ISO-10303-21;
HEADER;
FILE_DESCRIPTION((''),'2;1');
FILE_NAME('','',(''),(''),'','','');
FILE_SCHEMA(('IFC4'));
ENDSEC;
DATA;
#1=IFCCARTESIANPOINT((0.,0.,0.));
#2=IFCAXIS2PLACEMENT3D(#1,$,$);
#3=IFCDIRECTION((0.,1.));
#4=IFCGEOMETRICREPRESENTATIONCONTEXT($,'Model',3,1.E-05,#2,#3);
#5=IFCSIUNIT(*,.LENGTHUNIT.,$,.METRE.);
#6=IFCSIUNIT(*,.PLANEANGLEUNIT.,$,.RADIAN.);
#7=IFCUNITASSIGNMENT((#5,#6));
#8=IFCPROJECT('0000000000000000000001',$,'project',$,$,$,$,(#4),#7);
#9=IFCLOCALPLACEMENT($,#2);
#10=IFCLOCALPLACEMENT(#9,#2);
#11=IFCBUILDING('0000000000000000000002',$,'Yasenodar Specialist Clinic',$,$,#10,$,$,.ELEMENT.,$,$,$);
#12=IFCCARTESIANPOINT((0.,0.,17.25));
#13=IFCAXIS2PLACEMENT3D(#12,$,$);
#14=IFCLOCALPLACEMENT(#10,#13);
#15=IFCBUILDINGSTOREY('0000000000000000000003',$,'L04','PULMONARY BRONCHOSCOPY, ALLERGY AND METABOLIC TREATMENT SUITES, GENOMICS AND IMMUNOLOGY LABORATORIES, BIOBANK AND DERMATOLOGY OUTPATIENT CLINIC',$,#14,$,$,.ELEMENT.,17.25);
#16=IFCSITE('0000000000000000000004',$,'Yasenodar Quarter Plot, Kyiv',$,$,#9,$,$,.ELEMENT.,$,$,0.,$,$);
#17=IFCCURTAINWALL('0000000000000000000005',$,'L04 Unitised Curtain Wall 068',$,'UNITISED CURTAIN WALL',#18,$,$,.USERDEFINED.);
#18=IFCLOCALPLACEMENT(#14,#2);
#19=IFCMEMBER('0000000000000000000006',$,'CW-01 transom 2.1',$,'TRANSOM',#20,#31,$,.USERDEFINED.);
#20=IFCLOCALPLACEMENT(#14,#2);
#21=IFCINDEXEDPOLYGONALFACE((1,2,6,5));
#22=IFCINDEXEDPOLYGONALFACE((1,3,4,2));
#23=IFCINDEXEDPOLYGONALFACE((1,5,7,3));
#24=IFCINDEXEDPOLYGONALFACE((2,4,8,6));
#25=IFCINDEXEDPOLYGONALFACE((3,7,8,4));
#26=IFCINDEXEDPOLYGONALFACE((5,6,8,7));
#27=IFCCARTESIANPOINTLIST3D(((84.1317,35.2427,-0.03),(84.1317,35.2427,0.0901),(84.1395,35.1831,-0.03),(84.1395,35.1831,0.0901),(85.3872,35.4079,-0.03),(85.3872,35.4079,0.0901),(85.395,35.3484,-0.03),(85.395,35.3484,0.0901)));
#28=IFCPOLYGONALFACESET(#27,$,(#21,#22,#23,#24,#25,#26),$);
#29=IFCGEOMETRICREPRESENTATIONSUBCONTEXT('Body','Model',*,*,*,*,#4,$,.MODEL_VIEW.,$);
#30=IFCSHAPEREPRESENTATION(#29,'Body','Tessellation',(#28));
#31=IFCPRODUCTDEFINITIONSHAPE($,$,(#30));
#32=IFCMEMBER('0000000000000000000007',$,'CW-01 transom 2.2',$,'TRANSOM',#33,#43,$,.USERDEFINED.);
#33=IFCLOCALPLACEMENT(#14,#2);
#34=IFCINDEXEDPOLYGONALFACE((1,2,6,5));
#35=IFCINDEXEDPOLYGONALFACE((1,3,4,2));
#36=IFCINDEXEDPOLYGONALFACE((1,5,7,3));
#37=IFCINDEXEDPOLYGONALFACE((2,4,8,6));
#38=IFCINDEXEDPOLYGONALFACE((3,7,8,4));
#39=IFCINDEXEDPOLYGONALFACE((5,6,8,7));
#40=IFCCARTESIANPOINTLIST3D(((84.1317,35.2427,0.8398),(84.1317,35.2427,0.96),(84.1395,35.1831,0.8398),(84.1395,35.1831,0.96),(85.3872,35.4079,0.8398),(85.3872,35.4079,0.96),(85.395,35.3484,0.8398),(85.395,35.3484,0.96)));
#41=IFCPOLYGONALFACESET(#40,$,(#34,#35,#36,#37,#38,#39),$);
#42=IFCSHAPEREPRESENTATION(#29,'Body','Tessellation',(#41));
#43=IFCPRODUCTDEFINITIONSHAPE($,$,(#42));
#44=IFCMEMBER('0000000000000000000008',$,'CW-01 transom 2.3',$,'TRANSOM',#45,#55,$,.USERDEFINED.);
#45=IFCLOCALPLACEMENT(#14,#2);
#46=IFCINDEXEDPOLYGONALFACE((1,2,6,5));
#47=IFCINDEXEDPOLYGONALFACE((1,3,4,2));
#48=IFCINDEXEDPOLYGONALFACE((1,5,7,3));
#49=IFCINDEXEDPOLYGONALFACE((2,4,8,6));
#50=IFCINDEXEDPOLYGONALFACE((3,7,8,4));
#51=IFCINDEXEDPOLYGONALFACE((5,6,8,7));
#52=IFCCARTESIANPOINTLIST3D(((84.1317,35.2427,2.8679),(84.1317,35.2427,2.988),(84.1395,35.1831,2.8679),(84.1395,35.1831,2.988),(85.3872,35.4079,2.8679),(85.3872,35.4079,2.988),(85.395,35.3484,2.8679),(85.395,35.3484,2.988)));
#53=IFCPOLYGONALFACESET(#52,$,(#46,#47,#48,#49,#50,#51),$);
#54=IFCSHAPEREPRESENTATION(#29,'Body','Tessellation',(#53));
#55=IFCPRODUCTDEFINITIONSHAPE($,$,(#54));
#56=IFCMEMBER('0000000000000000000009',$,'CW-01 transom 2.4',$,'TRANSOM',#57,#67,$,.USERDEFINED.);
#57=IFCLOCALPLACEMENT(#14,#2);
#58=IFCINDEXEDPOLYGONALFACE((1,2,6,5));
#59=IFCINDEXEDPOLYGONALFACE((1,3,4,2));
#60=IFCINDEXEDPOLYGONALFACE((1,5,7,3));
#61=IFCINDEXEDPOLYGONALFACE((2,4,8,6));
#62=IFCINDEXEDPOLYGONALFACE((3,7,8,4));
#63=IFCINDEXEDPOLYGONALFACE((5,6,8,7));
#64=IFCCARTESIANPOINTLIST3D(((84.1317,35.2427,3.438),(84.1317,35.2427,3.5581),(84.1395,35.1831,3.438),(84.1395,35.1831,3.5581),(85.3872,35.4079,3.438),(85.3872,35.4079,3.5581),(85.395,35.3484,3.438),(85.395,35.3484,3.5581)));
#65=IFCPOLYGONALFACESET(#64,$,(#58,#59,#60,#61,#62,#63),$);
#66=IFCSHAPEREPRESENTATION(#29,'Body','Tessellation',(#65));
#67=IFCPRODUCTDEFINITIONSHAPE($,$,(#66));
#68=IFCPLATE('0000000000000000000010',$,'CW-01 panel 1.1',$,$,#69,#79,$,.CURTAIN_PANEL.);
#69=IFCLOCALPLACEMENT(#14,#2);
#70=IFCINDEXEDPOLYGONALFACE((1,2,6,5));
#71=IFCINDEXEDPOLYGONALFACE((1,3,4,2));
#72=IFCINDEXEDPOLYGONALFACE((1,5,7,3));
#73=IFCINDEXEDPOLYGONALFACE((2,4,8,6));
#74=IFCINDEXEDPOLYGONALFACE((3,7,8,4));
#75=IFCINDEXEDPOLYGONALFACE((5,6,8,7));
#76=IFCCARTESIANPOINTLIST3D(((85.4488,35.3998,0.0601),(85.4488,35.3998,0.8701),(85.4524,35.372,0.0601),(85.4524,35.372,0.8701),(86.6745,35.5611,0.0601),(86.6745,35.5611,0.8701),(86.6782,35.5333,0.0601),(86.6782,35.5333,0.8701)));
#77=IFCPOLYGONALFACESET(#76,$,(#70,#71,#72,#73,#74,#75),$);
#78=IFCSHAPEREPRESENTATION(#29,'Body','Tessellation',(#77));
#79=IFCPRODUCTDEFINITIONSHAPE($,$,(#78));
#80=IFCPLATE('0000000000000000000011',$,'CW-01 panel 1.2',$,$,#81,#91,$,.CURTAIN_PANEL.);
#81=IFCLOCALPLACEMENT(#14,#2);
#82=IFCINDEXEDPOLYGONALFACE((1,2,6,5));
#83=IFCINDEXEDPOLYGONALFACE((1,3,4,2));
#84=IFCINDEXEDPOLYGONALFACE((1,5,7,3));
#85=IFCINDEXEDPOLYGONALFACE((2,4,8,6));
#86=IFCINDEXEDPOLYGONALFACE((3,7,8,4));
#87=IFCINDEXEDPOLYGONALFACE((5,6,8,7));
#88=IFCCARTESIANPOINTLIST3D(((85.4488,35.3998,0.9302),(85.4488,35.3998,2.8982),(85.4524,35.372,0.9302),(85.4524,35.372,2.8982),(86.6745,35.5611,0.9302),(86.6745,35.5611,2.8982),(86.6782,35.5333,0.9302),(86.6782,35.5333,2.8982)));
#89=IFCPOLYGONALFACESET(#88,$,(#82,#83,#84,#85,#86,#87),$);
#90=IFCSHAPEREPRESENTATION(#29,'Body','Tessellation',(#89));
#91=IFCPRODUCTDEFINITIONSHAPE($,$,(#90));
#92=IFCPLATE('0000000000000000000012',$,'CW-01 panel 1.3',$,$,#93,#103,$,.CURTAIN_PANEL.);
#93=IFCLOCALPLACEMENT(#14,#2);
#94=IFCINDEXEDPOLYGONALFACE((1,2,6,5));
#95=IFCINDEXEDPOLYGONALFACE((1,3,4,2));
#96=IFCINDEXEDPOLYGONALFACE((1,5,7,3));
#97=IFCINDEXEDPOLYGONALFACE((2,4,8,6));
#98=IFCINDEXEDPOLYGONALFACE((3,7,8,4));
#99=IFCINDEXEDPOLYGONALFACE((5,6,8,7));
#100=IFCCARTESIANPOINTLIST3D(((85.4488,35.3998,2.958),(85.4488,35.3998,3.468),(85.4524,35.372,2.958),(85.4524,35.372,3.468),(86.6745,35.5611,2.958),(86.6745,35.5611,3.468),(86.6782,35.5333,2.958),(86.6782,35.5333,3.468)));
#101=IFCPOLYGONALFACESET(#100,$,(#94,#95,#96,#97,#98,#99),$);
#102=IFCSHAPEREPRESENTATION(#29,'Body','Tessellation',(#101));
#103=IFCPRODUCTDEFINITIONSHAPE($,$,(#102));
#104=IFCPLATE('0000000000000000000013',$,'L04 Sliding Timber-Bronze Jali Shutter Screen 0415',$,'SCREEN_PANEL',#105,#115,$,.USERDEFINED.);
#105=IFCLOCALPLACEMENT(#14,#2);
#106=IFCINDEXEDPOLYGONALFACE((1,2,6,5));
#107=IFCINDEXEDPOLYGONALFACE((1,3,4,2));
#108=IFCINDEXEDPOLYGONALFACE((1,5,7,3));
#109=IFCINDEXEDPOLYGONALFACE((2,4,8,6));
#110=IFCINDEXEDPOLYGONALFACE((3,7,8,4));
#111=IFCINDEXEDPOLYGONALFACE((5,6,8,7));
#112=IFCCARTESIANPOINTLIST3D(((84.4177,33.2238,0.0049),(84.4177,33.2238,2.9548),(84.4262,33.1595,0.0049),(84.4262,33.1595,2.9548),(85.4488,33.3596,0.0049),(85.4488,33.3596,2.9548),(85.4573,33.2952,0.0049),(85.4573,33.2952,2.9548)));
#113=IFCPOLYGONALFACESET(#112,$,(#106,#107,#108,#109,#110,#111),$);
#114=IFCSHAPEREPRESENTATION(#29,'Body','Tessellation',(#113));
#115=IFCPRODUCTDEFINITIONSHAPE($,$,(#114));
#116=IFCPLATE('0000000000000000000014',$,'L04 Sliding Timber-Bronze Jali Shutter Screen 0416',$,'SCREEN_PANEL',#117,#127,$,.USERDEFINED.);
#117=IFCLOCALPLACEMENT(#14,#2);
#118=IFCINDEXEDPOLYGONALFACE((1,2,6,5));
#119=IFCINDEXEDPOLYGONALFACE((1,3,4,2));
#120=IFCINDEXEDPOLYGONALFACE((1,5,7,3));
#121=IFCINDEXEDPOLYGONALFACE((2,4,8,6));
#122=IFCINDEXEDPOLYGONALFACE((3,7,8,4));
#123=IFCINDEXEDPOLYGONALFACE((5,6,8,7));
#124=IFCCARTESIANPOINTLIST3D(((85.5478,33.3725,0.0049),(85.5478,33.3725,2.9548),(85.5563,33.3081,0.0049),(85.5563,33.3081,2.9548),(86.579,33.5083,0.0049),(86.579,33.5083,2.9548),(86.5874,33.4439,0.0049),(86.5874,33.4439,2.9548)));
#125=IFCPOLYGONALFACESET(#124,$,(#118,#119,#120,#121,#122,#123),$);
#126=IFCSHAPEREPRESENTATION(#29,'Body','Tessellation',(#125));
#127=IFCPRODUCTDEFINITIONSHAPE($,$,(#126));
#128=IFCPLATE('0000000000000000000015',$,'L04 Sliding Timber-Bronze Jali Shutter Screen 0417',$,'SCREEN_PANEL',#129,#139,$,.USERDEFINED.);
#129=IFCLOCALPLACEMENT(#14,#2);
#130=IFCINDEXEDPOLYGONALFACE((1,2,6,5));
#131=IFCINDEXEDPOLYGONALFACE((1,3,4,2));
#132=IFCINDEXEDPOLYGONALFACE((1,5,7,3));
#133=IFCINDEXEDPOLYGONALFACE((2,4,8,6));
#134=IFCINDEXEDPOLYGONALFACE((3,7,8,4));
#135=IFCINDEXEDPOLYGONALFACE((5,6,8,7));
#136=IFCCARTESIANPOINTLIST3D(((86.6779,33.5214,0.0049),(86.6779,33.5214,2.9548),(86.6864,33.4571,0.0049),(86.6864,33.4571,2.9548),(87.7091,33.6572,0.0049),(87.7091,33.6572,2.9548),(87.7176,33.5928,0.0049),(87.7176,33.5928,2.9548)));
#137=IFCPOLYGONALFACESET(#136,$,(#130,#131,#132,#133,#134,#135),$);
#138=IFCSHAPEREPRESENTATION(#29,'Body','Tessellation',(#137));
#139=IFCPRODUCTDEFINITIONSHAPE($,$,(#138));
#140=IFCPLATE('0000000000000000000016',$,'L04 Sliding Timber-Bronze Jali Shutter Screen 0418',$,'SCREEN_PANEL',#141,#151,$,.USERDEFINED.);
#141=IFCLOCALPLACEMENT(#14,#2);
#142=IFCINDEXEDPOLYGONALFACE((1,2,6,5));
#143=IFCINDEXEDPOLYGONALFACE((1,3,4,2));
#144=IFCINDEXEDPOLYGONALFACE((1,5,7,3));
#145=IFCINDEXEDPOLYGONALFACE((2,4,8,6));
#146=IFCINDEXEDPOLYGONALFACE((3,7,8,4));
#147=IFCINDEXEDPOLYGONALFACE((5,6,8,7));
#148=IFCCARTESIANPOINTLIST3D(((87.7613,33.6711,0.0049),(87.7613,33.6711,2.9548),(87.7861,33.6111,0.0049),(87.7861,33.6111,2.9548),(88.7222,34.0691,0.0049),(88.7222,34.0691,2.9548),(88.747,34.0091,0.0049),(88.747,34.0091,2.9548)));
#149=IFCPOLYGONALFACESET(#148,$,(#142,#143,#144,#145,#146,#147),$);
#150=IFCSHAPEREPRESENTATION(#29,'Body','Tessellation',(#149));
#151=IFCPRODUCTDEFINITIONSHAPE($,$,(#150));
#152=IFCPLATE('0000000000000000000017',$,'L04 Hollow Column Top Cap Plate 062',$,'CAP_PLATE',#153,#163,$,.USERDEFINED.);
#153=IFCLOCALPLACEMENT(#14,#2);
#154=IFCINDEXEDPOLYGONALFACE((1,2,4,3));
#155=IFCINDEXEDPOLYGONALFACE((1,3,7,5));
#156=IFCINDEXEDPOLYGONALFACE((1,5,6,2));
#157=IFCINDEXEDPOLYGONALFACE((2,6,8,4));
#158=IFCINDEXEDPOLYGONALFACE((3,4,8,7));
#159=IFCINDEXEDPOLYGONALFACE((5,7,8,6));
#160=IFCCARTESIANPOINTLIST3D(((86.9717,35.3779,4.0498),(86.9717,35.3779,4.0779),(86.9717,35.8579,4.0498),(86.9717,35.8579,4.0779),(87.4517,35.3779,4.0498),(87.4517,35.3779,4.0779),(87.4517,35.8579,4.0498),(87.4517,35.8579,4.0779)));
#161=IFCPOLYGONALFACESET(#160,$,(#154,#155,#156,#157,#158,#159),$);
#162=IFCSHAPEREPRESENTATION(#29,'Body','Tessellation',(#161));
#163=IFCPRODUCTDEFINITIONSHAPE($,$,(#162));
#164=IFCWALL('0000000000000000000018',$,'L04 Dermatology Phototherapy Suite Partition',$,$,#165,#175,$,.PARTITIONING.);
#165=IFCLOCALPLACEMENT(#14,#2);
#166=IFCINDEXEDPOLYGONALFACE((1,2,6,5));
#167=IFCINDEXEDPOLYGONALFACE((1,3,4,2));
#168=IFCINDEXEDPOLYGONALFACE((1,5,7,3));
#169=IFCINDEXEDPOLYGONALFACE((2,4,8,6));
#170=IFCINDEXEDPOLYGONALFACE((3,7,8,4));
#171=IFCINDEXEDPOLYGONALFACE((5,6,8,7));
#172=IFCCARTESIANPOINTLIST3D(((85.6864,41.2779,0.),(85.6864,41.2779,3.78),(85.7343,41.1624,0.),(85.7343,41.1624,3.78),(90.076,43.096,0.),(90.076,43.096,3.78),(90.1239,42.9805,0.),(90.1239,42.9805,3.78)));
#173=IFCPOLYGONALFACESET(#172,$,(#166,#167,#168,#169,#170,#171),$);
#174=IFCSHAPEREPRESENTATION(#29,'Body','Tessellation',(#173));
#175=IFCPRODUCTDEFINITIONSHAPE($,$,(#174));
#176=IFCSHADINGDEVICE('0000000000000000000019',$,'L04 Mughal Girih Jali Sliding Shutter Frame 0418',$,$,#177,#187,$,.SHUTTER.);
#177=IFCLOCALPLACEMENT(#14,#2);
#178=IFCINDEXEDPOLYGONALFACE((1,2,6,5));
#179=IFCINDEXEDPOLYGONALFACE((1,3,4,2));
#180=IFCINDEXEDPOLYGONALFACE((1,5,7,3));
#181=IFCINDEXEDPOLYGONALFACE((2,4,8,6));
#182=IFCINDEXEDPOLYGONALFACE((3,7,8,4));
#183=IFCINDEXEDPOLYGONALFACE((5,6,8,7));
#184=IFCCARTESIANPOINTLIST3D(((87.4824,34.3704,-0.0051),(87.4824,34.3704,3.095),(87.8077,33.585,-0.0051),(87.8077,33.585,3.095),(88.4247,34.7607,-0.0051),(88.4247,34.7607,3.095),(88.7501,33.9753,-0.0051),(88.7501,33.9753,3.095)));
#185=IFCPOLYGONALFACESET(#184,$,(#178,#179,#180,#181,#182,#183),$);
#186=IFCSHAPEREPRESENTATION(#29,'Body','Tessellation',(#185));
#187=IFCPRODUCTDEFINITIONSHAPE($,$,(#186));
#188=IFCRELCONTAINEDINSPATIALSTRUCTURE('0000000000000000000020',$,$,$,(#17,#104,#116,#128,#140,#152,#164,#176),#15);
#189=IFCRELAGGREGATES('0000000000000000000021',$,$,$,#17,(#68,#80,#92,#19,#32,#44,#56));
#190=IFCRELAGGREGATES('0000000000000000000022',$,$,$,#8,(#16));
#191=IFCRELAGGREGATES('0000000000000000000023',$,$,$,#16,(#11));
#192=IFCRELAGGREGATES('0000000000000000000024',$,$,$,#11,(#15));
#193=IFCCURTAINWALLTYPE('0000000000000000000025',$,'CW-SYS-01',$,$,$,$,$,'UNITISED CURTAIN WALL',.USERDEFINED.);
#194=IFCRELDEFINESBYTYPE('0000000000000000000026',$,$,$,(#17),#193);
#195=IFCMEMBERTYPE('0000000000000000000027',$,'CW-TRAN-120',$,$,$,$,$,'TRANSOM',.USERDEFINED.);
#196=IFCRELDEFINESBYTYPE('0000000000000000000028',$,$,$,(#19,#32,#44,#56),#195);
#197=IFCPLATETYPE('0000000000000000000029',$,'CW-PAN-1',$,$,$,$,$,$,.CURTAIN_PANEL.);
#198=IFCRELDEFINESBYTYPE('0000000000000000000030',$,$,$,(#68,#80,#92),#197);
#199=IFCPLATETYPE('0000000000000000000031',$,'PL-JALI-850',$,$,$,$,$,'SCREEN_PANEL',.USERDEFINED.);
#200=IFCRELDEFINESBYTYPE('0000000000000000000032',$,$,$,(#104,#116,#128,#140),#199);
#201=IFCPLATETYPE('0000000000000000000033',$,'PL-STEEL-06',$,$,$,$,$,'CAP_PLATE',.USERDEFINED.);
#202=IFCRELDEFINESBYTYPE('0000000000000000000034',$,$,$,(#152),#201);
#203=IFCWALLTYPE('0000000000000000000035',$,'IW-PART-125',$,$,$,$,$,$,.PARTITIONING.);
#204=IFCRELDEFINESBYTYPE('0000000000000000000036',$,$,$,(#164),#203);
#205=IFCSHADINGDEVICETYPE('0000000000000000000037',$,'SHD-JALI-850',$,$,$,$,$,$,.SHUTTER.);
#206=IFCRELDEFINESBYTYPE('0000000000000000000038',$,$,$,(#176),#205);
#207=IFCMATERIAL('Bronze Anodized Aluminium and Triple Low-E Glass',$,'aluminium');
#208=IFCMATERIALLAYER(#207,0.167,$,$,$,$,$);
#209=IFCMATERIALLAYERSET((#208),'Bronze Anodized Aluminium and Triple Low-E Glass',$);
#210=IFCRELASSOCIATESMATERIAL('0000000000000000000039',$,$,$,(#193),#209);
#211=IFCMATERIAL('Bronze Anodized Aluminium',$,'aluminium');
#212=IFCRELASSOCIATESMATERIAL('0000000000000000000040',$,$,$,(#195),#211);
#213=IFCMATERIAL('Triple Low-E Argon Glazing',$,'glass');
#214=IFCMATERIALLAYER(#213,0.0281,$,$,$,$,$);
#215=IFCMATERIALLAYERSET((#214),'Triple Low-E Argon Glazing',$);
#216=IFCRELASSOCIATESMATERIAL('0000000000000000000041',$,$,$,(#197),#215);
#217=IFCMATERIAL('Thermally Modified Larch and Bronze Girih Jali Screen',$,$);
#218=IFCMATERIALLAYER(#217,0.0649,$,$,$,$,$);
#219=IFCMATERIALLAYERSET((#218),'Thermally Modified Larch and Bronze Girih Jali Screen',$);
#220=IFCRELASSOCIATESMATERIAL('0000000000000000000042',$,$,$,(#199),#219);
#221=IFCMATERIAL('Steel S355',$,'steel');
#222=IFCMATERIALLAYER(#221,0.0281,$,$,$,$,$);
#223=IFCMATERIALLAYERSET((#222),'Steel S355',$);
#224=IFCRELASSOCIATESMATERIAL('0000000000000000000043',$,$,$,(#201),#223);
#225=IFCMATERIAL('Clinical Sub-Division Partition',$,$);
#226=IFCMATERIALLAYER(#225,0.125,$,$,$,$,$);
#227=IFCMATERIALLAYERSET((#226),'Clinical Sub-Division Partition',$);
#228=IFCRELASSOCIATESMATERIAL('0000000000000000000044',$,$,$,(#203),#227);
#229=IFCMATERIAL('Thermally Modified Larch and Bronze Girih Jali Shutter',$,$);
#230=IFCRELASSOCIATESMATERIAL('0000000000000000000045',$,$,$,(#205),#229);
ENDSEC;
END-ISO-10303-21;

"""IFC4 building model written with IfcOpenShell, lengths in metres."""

from ifc_helpers import new_model, si_unit, direction, frame, frame_2d, origin, origin_2d, place, context, subcontext, project, spatial, rectangle, extrude, material, layer, layer_set, material_profile, profile_set, type_object, element, aggregate, save


model = new_model("IFC4")

# Units and contexts
model_context = context("Model", 3, precision=1e-05, world=origin(), true_north=direction((0.0, 1.0)))
body_context = subcontext(model_context, "Body", "Model", "MODEL_VIEW")
ifc_project = project(units=[si_unit("LENGTHUNIT", "METRE"), si_unit("PLANEANGLEUNIT", "RADIAN")], contexts=[model_context])

# Site, building, storey
site_placement = place(None, origin())
site = spatial("IfcSite", under=ifc_project, at=site_placement, Name="Yasenodar Quarter Plot, Kyiv", CompositionType="ELEMENT", RefElevation=0.0)
building_placement = place(site_placement, origin())
building = spatial("IfcBuilding", under=site, at=building_placement, Name="Yasenodar Specialist Clinic", CompositionType="ELEMENT")
storey_placement = place(building_placement, frame((0.0, 0.0, 17.25)))
storey = spatial("IfcBuildingStorey", under=building, at=storey_placement, Name="L04", Description="PULMONARY BRONCHOSCOPY, ALLERGY AND METABOLIC TREATMENT SUITES, GENOMICS AND IMMUNOLOGY LABORATORIES, BIOBANK AND DERMATOLOGY OUTPATIENT CLINIC", CompositionType="ELEMENT", Elevation=17.25)

# Shared definitions
ifc_material_1 = material(Name="Steel S355", Category="steel")

# Curtain wall, members, plates
ifc_material_2 = material(Name="Bronze Anodized Aluminium and Triple Low-E Glass", Category="aluminium")
ifc_layer_1 = layer(ifc_material_2, 0.167)
ifc_layer_set_1 = layer_set([ifc_layer_1], Name="Bronze Anodized Aluminium and Triple Low-E Glass")
curtain_wall_type = type_object("IfcCurtainWallType", Name="CW-SYS-01", ElementType="UNITISED CURTAIN WALL", PredefinedType="USERDEFINED", material=ifc_layer_set_1)
curtain_wall_placement = place(storey_placement, origin())
curtain_wall = element("IfcCurtainWall", 1, at=curtain_wall_placement, inside=storey, type_object=curtain_wall_type, Name="L04 Unitised Curtain Wall 068", ObjectType="UNITISED CURTAIN WALL", PredefinedType="USERDEFINED")
ifc_material_3 = material(Name="Bronze Anodized Aluminium", Category="aluminium")
ifc_material_profile_1 = material_profile(ifc_material_3, rectangle(XDim=0.0601, YDim=0.1201, at=origin_2d()), Name="CW-TRAN 60x120")
ifc_profile_set_1 = profile_set([ifc_material_profile_1], Name="Bronze Anodized Aluminium")
member_type_1 = type_object("IfcMemberType", Name="CW-TRAN-120", ElementType="TRANSOM", PredefinedType="USERDEFINED", material=ifc_profile_set_1)
member_1_placement = place(storey_placement, frame((85.3911, 35.3782, 0.03), z_axis=(-0.991447, -0.130509, 0.0), x_axis=(0.130509, -0.991447, 0.0)))
member_1 = element("IfcMember", 2, at=member_1_placement, type_object=member_type_1, Name="CW-01 transom 2.1", ObjectType="TRANSOM", PredefinedType="USERDEFINED", context=body_context, shape_type="SweptSolid", body=[
    extrude(rectangle(XDim=0.0601, YDim=0.1201, at=origin_2d()), origin(), (0.0, 0.0, 1.0), 1.2664),
])
member_2_placement = place(storey_placement, frame((85.3911, 35.3782, 0.8999), z_axis=(-0.991447, -0.130509, 0.0), x_axis=(0.130509, -0.991447, 0.0)))
member_2 = element("IfcMember", 3, at=member_2_placement, type_object=member_type_1, Name="CW-01 transom 2.2", ObjectType="TRANSOM", PredefinedType="USERDEFINED", context=body_context, shape_type="SweptSolid", body=[
    extrude(rectangle(XDim=0.0601, YDim=0.1201, at=origin_2d()), origin(), (0.0, 0.0, 1.0), 1.2664),
])
member_3_placement = place(storey_placement, frame((85.3911, 35.3782, 2.928), z_axis=(-0.991447, -0.130509, 0.0), x_axis=(0.130509, -0.991447, 0.0)))
member_3 = element("IfcMember", 4, at=member_3_placement, type_object=member_type_1, Name="CW-01 transom 2.3", ObjectType="TRANSOM", PredefinedType="USERDEFINED", context=body_context, shape_type="SweptSolid", body=[
    extrude(rectangle(XDim=0.0601, YDim=0.1201, at=origin_2d()), origin(), (0.0, 0.0, 1.0), 1.2664),
])
member_4_placement = place(storey_placement, frame((85.3911, 35.3782, 3.498), z_axis=(-0.991447, -0.130509, 0.0), x_axis=(0.130509, -0.991447, 0.0)))
member_4 = element("IfcMember", 5, at=member_4_placement, type_object=member_type_1, Name="CW-01 transom 2.4", ObjectType="TRANSOM", PredefinedType="USERDEFINED", context=body_context, shape_type="SweptSolid", body=[
    extrude(rectangle(XDim=0.0601, YDim=0.1201, at=origin_2d()), origin(), (0.0, 0.0, 1.0), 1.2664),
])
ifc_material_4 = material(Name="Triple Low-E Argon Glazing", Category="glass")
ifc_layer_2 = layer(ifc_material_4, 0.0281)
ifc_layer_set_2 = layer_set([ifc_layer_2], Name="Triple Low-E Argon Glazing")
plate_type_1 = type_object("IfcPlateType", Name="CW-PAN-1", PredefinedType="CURTAIN_PANEL", material=ifc_layer_set_2)
plate_1_placement = place(storey_placement, frame((86.0635, 35.4666, 0.0601), z_axis=(0.0, 0.0, 1.0), x_axis=(-0.991447, -0.130512, 0.0)))
plate_1 = element("IfcPlate", 6, at=plate_1_placement, type_object=plate_type_1, Name="CW-01 panel 1.1", PredefinedType="CURTAIN_PANEL", context=body_context, shape_type="SweptSolid", body=[
    extrude(rectangle(XDim=1.2363, YDim=0.0281, at=origin_2d()), origin(), (0.0, 0.0, 1.0), 0.8101),
])
plate_2_placement = place(storey_placement, frame((86.0635, 35.4666, 0.9302), z_axis=(0.0, 0.0, 1.0), x_axis=(-0.991447, -0.130512, 0.0)))
plate_2 = element("IfcPlate", 7, at=plate_2_placement, type_object=plate_type_1, Name="CW-01 panel 1.2", PredefinedType="CURTAIN_PANEL", context=body_context, shape_type="SweptSolid", body=[
    extrude(rectangle(XDim=1.2363, YDim=0.0281, at=origin_2d()), origin(), (0.0, 0.0, 1.0), 1.968),
])
plate_3_placement = place(storey_placement, frame((86.0635, 35.4666, 2.958), z_axis=(0.0, 0.0, 1.0), x_axis=(-0.991447, -0.130512, 0.0)))
plate_3 = element("IfcPlate", 8, at=plate_3_placement, type_object=plate_type_1, Name="CW-01 panel 1.3", PredefinedType="CURTAIN_PANEL", context=body_context, shape_type="SweptSolid", body=[
    extrude(rectangle(XDim=1.2363, YDim=0.0281, at=origin_2d()), origin(), (0.0, 0.0, 1.0), 0.51),
])
aggregate(curtain_wall, [plate_1, plate_2, plate_3, member_1, member_2, member_3, member_4])

# Plates
ifc_material_5 = material(Name="Thermally Modified Larch and Bronze Girih Jali Screen")
ifc_layer_3 = layer(ifc_material_5, 0.0649)
ifc_layer_set_3 = layer_set([ifc_layer_3], Name="Thermally Modified Larch and Bronze Girih Jali Screen")
plate_type_2 = type_object("IfcPlateType", Name="PL-JALI-850", ElementType="SCREEN_PANEL", PredefinedType="USERDEFINED", material=ifc_layer_set_3)
for number, where, z_axis, x_axis, name in (
    (9, (84.9375, 33.2595, 0.0049), (0.0, 0.0, 1.0), (0.991446, 0.130519, 0.0), "L04 Sliding Timber-Bronze Jali Shutter Screen 0415"),
    (10, (86.0676, 33.4082, 0.0049), (0.0, 0.0, 1.0), (0.991446, 0.130519, 0.0), "L04 Sliding Timber-Bronze Jali Shutter Screen 0416"),
    (11, (87.1978, 33.5571, 0.0049), (0.0, 0.0, 1.0), (0.991446, 0.130519, 0.0), "L04 Sliding Timber-Bronze Jali Shutter Screen 0417"),
    (12, (88.2542, 33.8401, 0.0049), (0.0, 0.0, 1.0), (0.923878, 0.382687, 0.0), "L04 Sliding Timber-Bronze Jali Shutter Screen 0418"),
):
    element("IfcPlate", number, at=place(storey_placement, frame(where, z_axis=z_axis, x_axis=x_axis)), inside=storey, type_object=plate_type_2, Name=name, ObjectType="SCREEN_PANEL", PredefinedType="USERDEFINED", context=body_context, shape_type="SweptSolid", body=[
        extrude(rectangle(XDim=1.04, YDim=0.0649, at=origin_2d()), origin(), (0.0, 0.0, 1.0), 2.95),
    ])
ifc_layer_4 = layer(ifc_material_1, 0.0281)
ifc_layer_set_4 = layer_set([ifc_layer_4], Name="Steel S355")
plate_type_3 = type_object("IfcPlateType", Name="PL-STEEL-06", ElementType="CAP_PLATE", PredefinedType="USERDEFINED", material=ifc_layer_set_4)
plate_4_placement = place(storey_placement, frame((87.2117, 35.6179, 4.0498), z_axis=(0.0, 0.0, 1.0), x_axis=(1.0, 0.0, 0.0)))
element("IfcPlate", 13, at=plate_4_placement, inside=storey, type_object=plate_type_3, Name="L04 Hollow Column Top Cap Plate 062", ObjectType="CAP_PLATE", PredefinedType="USERDEFINED", context=body_context, shape_type="SweptSolid", body=[
    extrude(rectangle(XDim=0.48, YDim=0.48, at=origin_2d()), origin(), (0.0, 0.0, 1.0), 0.0281),
])

# Wall
ifc_material_6 = material(Name="Clinical Sub-Division Partition")
ifc_layer_5 = layer(ifc_material_6, 0.125)
ifc_layer_set_5 = layer_set([ifc_layer_5], Name="Clinical Sub-Division Partition")
wall_type = type_object("IfcWallType", Name="IW-PART-125", PredefinedType="PARTITIONING", material=ifc_layer_set_5)
wall_placement = place(storey_placement, frame((85.7104, 41.2202, 0.0), z_axis=(0.0, 0.0, 1.0), x_axis=(0.92389, 0.382659, 0.0)))
element("IfcWall", 14, at=wall_placement, inside=storey, type_object=wall_type, Name="L04 Dermatology Phototherapy Suite Partition", PredefinedType="PARTITIONING", context=body_context, shape_type="SweptSolid", body=[
    extrude(rectangle(XDim=4.7512, YDim=0.125, at=frame_2d((2.3755, 0.0))), origin(), (0.0, 0.0, 1.0), 3.78),
])

# Shading device
ifc_material_7 = material(Name="Thermally Modified Larch and Bronze Girih Jali Shutter")
shading_device_type = type_object("IfcShadingDeviceType", Name="SHD-JALI-850", PredefinedType="SHUTTER", material=ifc_material_7)
shading_device_placement = place(storey_placement, frame((88.1162, 34.1729, -0.0051), z_axis=(0.0, 0.0, 1.0), x_axis=(0.923878, 0.382687, 0.0)))
element("IfcShadingDevice", 15, at=shading_device_placement, inside=storey, type_object=shading_device_type, Name="L04 Mughal Girih Jali Sliding Shutter Frame 0418", PredefinedType="SHUTTER", context=body_context, shape_type="SweptSolid", body=[
    extrude(rectangle(XDim=1.02, YDim=0.8501, at=origin_2d()), origin(), (0.0, 0.0, 1.0), 3.1001),
])

save(model, "model.ifc")
